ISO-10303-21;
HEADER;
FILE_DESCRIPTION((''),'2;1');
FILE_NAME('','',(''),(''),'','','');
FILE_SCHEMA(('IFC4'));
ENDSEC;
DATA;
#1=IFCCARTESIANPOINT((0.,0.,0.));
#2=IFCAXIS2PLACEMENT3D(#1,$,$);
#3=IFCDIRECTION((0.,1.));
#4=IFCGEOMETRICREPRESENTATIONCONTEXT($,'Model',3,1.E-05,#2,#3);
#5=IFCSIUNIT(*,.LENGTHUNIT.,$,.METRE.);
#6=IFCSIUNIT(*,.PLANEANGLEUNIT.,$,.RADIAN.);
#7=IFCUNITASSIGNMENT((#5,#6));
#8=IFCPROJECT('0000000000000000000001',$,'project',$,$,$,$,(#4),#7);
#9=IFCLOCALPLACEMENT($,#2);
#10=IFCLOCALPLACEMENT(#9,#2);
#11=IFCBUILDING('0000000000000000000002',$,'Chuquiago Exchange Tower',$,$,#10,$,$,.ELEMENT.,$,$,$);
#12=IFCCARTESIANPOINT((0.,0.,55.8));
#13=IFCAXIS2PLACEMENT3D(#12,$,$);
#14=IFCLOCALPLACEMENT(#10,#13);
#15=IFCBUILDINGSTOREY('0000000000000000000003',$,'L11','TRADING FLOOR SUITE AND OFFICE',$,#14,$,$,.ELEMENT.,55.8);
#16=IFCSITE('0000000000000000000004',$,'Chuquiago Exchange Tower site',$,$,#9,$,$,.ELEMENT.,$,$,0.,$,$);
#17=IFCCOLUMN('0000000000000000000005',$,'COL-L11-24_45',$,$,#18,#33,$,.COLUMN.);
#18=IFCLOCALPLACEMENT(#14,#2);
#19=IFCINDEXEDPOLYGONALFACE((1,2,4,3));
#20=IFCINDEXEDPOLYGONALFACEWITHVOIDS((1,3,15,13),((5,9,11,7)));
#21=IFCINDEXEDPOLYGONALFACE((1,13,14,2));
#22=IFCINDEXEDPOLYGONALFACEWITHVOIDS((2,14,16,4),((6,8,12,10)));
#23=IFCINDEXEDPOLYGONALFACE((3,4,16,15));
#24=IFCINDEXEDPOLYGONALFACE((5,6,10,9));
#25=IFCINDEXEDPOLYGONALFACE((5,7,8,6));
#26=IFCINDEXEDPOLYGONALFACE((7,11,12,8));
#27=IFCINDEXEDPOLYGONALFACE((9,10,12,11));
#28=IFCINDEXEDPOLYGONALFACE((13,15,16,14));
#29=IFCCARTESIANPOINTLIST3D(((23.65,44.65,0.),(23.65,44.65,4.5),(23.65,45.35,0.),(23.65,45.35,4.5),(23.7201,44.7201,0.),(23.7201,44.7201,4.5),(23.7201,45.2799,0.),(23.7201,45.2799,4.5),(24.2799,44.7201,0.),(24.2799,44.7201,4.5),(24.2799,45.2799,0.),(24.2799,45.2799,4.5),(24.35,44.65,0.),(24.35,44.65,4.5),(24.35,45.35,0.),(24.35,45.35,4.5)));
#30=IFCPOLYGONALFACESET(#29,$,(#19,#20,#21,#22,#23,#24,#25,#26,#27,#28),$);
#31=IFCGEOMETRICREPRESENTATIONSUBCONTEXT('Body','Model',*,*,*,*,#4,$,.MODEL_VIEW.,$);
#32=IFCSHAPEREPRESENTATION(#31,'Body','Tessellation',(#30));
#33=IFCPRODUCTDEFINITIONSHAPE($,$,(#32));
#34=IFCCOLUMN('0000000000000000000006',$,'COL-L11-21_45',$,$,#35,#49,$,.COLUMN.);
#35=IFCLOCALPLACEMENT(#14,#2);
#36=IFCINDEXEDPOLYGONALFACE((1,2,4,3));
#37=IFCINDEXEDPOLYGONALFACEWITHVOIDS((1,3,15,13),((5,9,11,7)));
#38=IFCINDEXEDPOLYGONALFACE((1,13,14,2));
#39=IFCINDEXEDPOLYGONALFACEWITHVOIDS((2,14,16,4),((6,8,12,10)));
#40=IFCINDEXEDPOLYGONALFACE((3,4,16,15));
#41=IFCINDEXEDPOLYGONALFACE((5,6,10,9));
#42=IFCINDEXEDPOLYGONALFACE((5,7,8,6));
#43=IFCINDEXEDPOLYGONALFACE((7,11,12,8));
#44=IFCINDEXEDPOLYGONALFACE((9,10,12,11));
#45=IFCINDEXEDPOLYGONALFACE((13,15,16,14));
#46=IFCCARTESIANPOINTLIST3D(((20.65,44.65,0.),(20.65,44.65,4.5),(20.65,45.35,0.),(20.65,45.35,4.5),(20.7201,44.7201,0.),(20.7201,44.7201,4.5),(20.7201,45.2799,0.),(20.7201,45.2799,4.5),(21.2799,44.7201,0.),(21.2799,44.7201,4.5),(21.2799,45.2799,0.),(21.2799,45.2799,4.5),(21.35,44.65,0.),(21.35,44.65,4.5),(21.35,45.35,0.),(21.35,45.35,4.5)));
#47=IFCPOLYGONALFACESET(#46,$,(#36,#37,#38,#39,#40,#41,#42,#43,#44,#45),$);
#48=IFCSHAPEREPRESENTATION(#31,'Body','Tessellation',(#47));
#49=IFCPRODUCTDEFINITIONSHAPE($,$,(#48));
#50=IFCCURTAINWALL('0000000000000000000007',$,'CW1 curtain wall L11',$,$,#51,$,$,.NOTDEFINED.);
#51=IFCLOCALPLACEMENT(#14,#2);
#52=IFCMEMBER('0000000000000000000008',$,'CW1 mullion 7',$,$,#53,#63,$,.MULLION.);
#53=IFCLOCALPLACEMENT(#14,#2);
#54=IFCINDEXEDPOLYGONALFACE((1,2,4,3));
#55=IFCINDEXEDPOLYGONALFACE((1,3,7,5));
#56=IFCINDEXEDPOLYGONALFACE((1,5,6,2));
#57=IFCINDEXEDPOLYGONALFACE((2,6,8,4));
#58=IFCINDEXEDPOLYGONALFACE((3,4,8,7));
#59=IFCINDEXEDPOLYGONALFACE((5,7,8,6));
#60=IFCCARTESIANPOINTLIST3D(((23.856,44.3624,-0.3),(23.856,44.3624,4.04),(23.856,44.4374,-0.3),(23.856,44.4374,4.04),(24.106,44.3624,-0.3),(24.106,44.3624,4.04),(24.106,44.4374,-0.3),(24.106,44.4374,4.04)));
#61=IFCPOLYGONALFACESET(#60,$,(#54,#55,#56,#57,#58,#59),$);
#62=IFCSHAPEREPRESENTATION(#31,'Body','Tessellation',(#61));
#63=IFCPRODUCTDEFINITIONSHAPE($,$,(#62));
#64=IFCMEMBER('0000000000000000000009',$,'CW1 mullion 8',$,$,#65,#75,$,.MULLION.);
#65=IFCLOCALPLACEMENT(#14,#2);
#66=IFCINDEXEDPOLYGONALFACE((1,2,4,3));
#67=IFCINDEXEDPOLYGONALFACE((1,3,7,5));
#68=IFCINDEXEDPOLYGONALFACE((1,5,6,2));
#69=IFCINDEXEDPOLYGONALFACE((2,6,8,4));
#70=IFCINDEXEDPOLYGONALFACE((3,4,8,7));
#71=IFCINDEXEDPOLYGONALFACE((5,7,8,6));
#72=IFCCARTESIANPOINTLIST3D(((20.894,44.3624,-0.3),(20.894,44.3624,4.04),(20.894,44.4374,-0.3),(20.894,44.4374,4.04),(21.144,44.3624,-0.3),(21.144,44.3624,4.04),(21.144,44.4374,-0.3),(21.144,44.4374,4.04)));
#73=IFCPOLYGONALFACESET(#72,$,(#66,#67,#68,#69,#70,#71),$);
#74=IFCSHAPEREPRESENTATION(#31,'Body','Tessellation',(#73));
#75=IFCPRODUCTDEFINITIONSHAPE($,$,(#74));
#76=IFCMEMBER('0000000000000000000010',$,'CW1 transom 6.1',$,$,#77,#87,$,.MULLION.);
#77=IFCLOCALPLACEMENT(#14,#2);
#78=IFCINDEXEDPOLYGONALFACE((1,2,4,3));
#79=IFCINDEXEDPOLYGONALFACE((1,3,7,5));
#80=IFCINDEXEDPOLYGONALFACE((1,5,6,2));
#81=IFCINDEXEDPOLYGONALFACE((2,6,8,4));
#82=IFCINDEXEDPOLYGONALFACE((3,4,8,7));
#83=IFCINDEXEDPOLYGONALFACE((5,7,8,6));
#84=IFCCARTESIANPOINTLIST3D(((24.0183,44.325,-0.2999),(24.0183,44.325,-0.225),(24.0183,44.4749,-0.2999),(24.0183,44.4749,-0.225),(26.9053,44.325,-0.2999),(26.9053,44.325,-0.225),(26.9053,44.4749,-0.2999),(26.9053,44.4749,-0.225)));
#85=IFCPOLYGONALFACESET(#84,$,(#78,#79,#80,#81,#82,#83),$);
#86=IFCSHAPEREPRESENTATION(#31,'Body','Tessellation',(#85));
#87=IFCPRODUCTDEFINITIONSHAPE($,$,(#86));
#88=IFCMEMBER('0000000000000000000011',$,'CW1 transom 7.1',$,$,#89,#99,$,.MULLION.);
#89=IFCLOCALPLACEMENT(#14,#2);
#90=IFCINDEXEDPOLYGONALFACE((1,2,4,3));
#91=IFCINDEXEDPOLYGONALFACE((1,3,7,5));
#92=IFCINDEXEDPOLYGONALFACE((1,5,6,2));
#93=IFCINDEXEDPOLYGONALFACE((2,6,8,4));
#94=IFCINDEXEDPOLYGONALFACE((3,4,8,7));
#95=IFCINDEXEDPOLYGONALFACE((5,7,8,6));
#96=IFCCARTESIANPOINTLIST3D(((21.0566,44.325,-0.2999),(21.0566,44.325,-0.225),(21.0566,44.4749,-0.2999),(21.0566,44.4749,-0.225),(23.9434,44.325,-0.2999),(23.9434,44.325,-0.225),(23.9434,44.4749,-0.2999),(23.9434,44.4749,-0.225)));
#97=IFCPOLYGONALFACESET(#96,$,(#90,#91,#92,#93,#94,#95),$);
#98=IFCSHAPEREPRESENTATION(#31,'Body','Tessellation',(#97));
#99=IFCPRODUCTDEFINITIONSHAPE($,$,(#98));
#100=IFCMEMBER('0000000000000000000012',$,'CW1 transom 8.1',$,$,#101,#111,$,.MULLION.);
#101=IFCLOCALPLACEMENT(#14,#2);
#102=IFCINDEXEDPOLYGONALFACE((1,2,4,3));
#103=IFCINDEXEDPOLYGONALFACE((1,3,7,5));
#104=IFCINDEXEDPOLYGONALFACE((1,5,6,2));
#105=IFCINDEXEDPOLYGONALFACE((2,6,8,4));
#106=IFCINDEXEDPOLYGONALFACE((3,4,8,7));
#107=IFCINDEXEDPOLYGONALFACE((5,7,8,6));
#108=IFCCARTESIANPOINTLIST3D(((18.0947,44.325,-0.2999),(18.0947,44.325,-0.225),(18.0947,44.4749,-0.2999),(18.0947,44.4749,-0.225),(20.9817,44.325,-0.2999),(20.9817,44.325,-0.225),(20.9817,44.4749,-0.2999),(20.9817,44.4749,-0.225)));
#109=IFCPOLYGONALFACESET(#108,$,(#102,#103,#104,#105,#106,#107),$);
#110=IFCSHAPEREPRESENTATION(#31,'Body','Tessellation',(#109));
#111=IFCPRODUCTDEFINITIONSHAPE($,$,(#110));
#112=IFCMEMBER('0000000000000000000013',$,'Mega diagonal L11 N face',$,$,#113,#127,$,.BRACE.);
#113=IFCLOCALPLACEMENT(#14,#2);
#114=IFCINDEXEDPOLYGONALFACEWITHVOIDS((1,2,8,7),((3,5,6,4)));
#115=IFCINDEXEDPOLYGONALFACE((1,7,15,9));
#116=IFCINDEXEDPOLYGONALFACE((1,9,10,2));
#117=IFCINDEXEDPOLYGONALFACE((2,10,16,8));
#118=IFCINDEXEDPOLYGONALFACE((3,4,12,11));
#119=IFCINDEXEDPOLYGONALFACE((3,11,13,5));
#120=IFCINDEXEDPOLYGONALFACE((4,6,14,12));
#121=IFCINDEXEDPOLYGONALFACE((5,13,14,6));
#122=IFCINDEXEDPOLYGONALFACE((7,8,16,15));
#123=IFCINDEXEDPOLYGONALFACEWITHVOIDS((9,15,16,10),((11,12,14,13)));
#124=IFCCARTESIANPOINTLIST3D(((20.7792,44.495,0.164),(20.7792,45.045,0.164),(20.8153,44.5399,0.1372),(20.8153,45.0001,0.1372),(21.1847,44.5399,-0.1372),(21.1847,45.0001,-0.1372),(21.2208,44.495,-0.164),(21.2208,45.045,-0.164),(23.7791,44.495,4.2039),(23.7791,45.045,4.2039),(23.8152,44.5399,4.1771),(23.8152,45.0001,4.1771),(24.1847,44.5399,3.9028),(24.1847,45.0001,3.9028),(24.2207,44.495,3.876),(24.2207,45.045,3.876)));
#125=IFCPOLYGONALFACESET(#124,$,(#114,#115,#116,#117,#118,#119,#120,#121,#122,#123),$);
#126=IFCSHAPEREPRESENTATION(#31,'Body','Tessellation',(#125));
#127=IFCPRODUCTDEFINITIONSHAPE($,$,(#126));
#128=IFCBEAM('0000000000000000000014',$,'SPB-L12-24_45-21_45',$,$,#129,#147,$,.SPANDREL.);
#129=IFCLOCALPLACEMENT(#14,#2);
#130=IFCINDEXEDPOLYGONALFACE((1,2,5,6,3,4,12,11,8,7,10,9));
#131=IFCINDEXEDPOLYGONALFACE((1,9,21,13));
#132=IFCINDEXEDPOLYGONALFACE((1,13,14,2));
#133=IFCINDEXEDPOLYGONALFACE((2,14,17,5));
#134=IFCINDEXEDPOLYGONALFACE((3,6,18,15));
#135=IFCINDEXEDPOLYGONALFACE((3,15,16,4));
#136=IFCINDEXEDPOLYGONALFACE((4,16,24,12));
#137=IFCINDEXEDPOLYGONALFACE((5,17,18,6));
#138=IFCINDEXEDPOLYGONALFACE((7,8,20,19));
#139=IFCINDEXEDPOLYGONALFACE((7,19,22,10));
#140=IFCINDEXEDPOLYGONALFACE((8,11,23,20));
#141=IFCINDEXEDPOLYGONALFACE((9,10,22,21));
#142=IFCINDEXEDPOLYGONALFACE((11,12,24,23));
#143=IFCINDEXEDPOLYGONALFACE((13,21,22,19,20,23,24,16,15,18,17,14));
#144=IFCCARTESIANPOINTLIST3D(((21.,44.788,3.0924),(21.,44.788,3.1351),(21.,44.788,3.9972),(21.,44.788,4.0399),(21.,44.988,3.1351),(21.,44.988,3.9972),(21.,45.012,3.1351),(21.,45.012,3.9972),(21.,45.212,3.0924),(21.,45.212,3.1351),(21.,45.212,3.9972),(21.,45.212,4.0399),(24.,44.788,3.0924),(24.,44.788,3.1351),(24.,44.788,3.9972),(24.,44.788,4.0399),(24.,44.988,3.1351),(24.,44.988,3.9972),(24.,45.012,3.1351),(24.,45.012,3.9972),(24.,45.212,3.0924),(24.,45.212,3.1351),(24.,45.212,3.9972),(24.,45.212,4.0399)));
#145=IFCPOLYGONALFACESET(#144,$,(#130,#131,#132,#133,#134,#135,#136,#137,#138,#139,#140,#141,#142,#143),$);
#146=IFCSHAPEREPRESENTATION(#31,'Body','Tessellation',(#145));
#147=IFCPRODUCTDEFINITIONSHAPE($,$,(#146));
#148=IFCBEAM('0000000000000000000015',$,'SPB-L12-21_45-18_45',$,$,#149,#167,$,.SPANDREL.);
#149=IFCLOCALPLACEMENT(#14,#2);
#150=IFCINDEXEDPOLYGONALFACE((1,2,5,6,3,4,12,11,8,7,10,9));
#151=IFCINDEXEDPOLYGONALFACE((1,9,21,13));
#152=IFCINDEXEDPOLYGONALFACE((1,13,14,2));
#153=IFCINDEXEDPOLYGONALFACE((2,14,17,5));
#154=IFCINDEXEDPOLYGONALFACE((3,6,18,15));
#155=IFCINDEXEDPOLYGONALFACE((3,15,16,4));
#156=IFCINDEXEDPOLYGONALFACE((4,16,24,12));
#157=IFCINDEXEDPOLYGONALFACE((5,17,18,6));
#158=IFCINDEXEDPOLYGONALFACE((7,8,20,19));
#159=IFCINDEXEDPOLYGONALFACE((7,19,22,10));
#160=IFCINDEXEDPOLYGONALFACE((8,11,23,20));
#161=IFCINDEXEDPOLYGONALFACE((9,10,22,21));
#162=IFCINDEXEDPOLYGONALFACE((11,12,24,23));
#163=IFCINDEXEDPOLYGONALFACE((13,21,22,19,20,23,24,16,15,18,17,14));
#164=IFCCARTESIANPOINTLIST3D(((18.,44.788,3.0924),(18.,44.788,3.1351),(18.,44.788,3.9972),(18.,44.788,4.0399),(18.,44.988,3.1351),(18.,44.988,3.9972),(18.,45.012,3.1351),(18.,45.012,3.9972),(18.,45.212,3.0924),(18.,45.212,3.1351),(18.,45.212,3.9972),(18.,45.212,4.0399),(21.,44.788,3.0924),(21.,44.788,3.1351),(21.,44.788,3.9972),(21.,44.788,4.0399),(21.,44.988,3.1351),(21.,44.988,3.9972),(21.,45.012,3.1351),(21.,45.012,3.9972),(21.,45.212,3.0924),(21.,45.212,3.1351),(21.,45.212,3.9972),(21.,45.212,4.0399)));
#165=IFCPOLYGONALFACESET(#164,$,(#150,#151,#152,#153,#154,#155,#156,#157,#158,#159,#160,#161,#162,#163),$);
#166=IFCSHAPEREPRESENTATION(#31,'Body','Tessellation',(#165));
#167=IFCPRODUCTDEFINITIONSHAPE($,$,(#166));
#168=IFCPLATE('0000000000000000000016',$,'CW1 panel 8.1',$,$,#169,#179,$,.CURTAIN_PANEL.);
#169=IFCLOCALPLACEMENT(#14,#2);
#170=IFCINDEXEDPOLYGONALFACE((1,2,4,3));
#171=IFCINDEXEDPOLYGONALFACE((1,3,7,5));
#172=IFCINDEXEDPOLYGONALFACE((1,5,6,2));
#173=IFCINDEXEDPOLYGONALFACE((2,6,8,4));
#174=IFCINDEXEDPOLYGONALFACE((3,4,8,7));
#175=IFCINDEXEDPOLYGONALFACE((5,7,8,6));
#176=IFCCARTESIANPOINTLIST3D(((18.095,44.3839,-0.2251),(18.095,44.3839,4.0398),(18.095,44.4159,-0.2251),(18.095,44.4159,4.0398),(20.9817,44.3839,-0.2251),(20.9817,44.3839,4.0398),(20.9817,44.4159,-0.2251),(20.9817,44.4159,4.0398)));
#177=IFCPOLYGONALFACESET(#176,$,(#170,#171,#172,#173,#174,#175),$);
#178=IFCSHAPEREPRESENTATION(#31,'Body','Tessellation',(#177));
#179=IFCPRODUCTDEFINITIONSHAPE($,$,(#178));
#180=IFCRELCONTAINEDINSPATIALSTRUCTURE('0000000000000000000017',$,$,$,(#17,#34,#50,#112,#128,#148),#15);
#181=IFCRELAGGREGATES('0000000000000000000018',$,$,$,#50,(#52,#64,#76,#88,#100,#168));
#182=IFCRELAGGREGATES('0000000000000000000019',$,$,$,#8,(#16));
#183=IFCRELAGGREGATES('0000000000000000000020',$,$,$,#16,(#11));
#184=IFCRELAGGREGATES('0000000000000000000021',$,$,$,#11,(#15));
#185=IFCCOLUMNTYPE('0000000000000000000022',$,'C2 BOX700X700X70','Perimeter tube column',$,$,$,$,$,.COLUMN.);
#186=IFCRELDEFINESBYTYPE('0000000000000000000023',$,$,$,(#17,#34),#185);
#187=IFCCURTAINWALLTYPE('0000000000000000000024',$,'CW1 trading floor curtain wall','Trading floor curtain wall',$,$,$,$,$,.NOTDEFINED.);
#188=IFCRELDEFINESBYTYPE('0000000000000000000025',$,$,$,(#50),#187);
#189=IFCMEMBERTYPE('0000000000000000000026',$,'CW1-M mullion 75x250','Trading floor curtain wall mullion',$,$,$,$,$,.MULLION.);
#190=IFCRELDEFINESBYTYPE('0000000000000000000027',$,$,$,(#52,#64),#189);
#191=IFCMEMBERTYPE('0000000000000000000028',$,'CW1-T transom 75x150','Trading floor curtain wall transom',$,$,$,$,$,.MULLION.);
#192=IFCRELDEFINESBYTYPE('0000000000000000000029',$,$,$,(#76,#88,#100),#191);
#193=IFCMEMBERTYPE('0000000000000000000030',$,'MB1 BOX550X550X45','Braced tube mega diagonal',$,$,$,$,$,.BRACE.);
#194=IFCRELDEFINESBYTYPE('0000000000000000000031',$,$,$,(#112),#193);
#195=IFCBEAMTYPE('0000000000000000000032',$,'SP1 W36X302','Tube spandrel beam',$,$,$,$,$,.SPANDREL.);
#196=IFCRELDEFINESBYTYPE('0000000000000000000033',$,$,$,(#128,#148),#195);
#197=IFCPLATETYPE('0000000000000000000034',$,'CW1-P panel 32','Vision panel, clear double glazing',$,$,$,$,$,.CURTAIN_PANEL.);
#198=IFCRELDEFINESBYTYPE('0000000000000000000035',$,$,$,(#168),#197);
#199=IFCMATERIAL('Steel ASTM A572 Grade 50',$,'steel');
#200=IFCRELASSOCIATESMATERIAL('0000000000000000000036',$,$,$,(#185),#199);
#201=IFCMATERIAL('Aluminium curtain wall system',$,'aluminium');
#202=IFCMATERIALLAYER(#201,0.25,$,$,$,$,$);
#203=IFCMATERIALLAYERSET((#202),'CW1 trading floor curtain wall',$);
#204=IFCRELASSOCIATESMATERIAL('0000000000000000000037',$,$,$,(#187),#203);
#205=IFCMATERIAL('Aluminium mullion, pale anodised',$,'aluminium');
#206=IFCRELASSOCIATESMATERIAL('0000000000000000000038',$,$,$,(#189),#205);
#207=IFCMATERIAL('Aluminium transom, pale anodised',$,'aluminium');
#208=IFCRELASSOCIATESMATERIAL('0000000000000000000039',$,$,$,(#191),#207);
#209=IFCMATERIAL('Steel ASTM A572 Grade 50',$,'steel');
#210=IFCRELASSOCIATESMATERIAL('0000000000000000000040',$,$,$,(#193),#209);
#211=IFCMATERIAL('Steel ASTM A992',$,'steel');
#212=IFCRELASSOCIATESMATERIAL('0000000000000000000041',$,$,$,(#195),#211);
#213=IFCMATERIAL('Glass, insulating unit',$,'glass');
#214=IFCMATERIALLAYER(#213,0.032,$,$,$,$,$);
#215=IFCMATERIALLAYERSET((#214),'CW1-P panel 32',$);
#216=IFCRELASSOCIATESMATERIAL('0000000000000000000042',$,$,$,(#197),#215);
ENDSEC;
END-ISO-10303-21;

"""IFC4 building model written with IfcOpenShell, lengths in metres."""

from ifc_helpers import new_model, si_unit, direction, frame, origin, origin_2d, place, context, subcontext, project, spatial, rectangle, hollow_rectangle, i_section, extrude, material, layer, layer_set, material_profile, profile_set, type_object, element, aggregate, save


model = new_model("IFC4")

# Units and contexts
model_context = context("Model", 3, precision=1e-05, world=origin(), true_north=direction((0.0, 1.0)))
body_context = subcontext(model_context, "Body", "Model", "MODEL_VIEW")
ifc_project = project(units=[si_unit("LENGTHUNIT", "METRE"), si_unit("PLANEANGLEUNIT", "RADIAN")], contexts=[model_context])

# Site, building, storey
site_placement = place(None, origin())
site = spatial("IfcSite", under=ifc_project, at=site_placement, Name="Chuquiago Exchange Tower site", CompositionType="ELEMENT", RefElevation=0.0)
building_placement = place(site_placement, origin())
building = spatial("IfcBuilding", under=site, at=building_placement, Name="Chuquiago Exchange Tower", CompositionType="ELEMENT")
storey_placement = place(building_placement, frame((0.0, 0.0, 55.8)))
storey = spatial("IfcBuildingStorey", under=building, at=storey_placement, Name="L11", Description="TRADING FLOOR SUITE AND OFFICE", CompositionType="ELEMENT", Elevation=55.8)

# Columns
ifc_material_1 = material(Name="Steel ASTM A572 Grade 50", Category="steel")
ifc_material_profile_1 = material_profile(ifc_material_1, hollow_rectangle(XDim=0.7, YDim=0.7, WallThickness=0.0701, at=origin_2d()), Name="BOX700X700X70")
ifc_profile_set_1 = profile_set([ifc_material_profile_1], Name="Steel ASTM A572 Grade 50")
column_type = type_object("IfcColumnType", Name="C2 BOX700X700X70", Description="Perimeter tube column", PredefinedType="COLUMN", material=ifc_profile_set_1)
for number, where, z_axis, x_axis, name in (
    (1, (24.0, 45.0, 0.0), (0.0, 0.0, 1.0), (0.0, 1.0, 0.0), "COL-L11-24_45"),
    (2, (21.0, 45.0, 0.0), (0.0, 0.0, 1.0), (0.0, 1.0, 0.0), "COL-L11-21_45"),
):
    element("IfcColumn", number, at=place(storey_placement, frame(where, z_axis=z_axis, x_axis=x_axis)), inside=storey, type_object=column_type, Name=name, PredefinedType="COLUMN", context=body_context, shape_type="SweptSolid", body=[
        extrude(hollow_rectangle(XDim=0.7, YDim=0.7, WallThickness=0.0701, at=origin_2d()), origin(), (0.0, 0.0, 1.0), 4.5),
    ])

# Curtain wall, members
ifc_material_2 = material(Name="Aluminium curtain wall system", Category="aluminium")
ifc_layer_1 = layer(ifc_material_2, 0.25)
ifc_layer_set_1 = layer_set([ifc_layer_1], Name="CW1 trading floor curtain wall")
curtain_wall_type = type_object("IfcCurtainWallType", Name="CW1 trading floor curtain wall", Description="Trading floor curtain wall", PredefinedType="NOTDEFINED", material=ifc_layer_set_1)
curtain_wall_placement = place(storey_placement, origin())
curtain_wall = element("IfcCurtainWall", 3, at=curtain_wall_placement, inside=storey, type_object=curtain_wall_type, Name="CW1 curtain wall L11", PredefinedType="NOTDEFINED")
ifc_material_3 = material(Name="Aluminium mullion, pale anodised", Category="aluminium")
ifc_material_profile_2 = material_profile(ifc_material_3, rectangle(XDim=0.075, YDim=0.25, at=origin_2d()), Name="AL 75x250")
ifc_profile_set_2 = profile_set([ifc_material_profile_2], Name="Aluminium mullion, pale anodised")
member_type_1 = type_object("IfcMemberType", Name="CW1-M mullion 75x250", Description="Trading floor curtain wall mullion", PredefinedType="MULLION", material=ifc_profile_set_2)
member_1_placement = place(storey_placement, frame((23.981, 44.3999, -0.3), z_axis=(0.0, 0.0, 1.0), x_axis=(0.0, -1.0, 0.0)))
member_1 = element("IfcMember", 4, at=member_1_placement, type_object=member_type_1, Name="CW1 mullion 7", PredefinedType="MULLION", context=body_context, shape_type="SweptSolid", body=[
    extrude(rectangle(XDim=0.075, YDim=0.25, at=origin_2d()), origin(), (0.0, 0.0, 1.0), 4.3401),
])
member_2_placement = place(storey_placement, frame((21.019, 44.3999, -0.3), z_axis=(0.0, 0.0, 1.0), x_axis=(0.0, -1.0, 0.0)))
member_2 = element("IfcMember", 5, at=member_2_placement, type_object=member_type_1, Name="CW1 mullion 8", PredefinedType="MULLION", context=body_context, shape_type="SweptSolid", body=[
    extrude(rectangle(XDim=0.075, YDim=0.25, at=origin_2d()), origin(), (0.0, 0.0, 1.0), 4.3401),
])
ifc_material_4 = material(Name="Aluminium transom, pale anodised", Category="aluminium")
ifc_material_profile_3 = material_profile(ifc_material_4, rectangle(XDim=0.1499, YDim=0.075, at=origin_2d()), Name="AL 150x75")
ifc_profile_set_3 = profile_set([ifc_material_profile_3], Name="Aluminium transom, pale anodised")
member_type_2 = type_object("IfcMemberType", Name="CW1-T transom 75x150", Description="Trading floor curtain wall transom", PredefinedType="MULLION", material=ifc_profile_set_3)
member_3_placement = place(storey_placement, frame((26.9053, 44.3999, -0.2625), z_axis=(-1.0, 0.0, 0.0), x_axis=(0.0, -1.0, 0.0)))
member_3 = element("IfcMember", 6, at=member_3_placement, type_object=member_type_2, Name="CW1 transom 6.1", PredefinedType="MULLION", context=body_context, shape_type="SweptSolid", body=[
    extrude(rectangle(XDim=0.1499, YDim=0.075, at=origin_2d()), origin(), (0.0, 0.0, 1.0), 2.887),
])
member_4_placement = place(storey_placement, frame((23.9434, 44.3999, -0.2625), z_axis=(-1.0, 0.0, 0.0), x_axis=(0.0, -1.0, 0.0)))
member_4 = element("IfcMember", 7, at=member_4_placement, type_object=member_type_2, Name="CW1 transom 7.1", PredefinedType="MULLION", context=body_context, shape_type="SweptSolid", body=[
    extrude(rectangle(XDim=0.1499, YDim=0.075, at=origin_2d()), origin(), (0.0, 0.0, 1.0), 2.8867),
])
member_5_placement = place(storey_placement, frame((20.9817, 44.3999, -0.2625), z_axis=(-1.0, 0.0, 0.0), x_axis=(0.0, -1.0, 0.0)))
member_5 = element("IfcMember", 8, at=member_5_placement, type_object=member_type_2, Name="CW1 transom 8.1", PredefinedType="MULLION", context=body_context, shape_type="SweptSolid", body=[
    extrude(rectangle(XDim=0.1499, YDim=0.075, at=origin_2d()), origin(), (0.0, 0.0, 1.0), 2.887),
])

# Member
ifc_material_5 = material(Name="Steel ASTM A572 Grade 50", Category="steel")
ifc_material_profile_4 = material_profile(ifc_material_5, hollow_rectangle(XDim=0.55, YDim=0.55, WallThickness=0.0449, at=origin_2d()), Name="BOX550X550X45")
ifc_profile_set_4 = profile_set([ifc_material_profile_4], Name="Steel ASTM A572 Grade 50")
member_type_3 = type_object("IfcMemberType", Name="MB1 BOX550X550X45", Description="Braced tube mega diagonal", PredefinedType="BRACE", material=ifc_profile_set_4)
member_6_placement = place(storey_placement, frame((21.0, 44.77, 0.0), z_axis=(0.596174, 0.0, 0.802855), x_axis=(0.0, 1.0, 0.0)))
element("IfcMember", 9, at=member_6_placement, inside=storey, type_object=member_type_3, Name="Mega diagonal L11 N face", PredefinedType="BRACE", context=body_context, shape_type="SweptSolid", body=[
    extrude(hollow_rectangle(XDim=0.55, YDim=0.55, WallThickness=0.0449, at=origin_2d()), origin(), (0.0, 0.0, 1.0), 5.032),
])

# Beams
ifc_material_6 = material(Name="Steel ASTM A992", Category="steel")
ifc_material_profile_5 = material_profile(ifc_material_6, i_section(OverallWidth=0.4241, OverallDepth=0.9475, WebThickness=0.0239, FlangeThickness=0.0427, at=origin_2d()), Name="W36X302")
ifc_profile_set_5 = profile_set([ifc_material_profile_5], Name="Steel ASTM A992")
beam_type = type_object("IfcBeamType", Name="SP1 W36X302", Description="Tube spandrel beam", PredefinedType="SPANDREL", material=ifc_profile_set_5)
for number, where, z_axis, x_axis, name in (
    (10, (24.0, 45.0, 3.5662), (-1.0, 0.0, 0.0), (0.0, -1.0, 0.0), "SPB-L12-24_45-21_45"),
    (11, (21.0, 45.0, 3.5662), (-1.0, 0.0, 0.0), (0.0, -1.0, 0.0), "SPB-L12-21_45-18_45"),
):
    element("IfcBeam", number, at=place(storey_placement, frame(where, z_axis=z_axis, x_axis=x_axis)), inside=storey, type_object=beam_type, Name=name, PredefinedType="SPANDREL", context=body_context, shape_type="SweptSolid", body=[
        extrude(i_section(OverallWidth=0.4241, OverallDepth=0.9475, WebThickness=0.0239, FlangeThickness=0.0427, at=origin_2d()), origin(), (0.0, 0.0, 1.0), 3.0),
    ])

# Plate
ifc_material_7 = material(Name="Glass, insulating unit", Category="glass")
ifc_layer_2 = layer(ifc_material_7, 0.032)
ifc_layer_set_2 = layer_set([ifc_layer_2], Name="CW1-P panel 32")
plate_type_1 = type_object("IfcPlateType", Name="CW1-P panel 32", Description="Vision panel, clear double glazing", PredefinedType="CURTAIN_PANEL", material=ifc_layer_set_2)
plate_1_placement = place(storey_placement, frame((19.5383, 44.3999, -0.2251), z_axis=(0.0, 0.0, 1.0), x_axis=(-1.0, 0.0, 0.0)))
plate_1 = element("IfcPlate", 12, at=plate_1_placement, type_object=plate_type_1, Name="CW1 panel 8.1", PredefinedType="CURTAIN_PANEL", context=body_context, shape_type="SweptSolid", body=[
    extrude(rectangle(XDim=2.8867, YDim=0.032, at=origin_2d()), origin(), (0.0, 0.0, 1.0), 4.2649),
])
aggregate(curtain_wall, [member_1, member_2, member_3, member_4, member_5, plate_1])

save(model, "model.ifc")
